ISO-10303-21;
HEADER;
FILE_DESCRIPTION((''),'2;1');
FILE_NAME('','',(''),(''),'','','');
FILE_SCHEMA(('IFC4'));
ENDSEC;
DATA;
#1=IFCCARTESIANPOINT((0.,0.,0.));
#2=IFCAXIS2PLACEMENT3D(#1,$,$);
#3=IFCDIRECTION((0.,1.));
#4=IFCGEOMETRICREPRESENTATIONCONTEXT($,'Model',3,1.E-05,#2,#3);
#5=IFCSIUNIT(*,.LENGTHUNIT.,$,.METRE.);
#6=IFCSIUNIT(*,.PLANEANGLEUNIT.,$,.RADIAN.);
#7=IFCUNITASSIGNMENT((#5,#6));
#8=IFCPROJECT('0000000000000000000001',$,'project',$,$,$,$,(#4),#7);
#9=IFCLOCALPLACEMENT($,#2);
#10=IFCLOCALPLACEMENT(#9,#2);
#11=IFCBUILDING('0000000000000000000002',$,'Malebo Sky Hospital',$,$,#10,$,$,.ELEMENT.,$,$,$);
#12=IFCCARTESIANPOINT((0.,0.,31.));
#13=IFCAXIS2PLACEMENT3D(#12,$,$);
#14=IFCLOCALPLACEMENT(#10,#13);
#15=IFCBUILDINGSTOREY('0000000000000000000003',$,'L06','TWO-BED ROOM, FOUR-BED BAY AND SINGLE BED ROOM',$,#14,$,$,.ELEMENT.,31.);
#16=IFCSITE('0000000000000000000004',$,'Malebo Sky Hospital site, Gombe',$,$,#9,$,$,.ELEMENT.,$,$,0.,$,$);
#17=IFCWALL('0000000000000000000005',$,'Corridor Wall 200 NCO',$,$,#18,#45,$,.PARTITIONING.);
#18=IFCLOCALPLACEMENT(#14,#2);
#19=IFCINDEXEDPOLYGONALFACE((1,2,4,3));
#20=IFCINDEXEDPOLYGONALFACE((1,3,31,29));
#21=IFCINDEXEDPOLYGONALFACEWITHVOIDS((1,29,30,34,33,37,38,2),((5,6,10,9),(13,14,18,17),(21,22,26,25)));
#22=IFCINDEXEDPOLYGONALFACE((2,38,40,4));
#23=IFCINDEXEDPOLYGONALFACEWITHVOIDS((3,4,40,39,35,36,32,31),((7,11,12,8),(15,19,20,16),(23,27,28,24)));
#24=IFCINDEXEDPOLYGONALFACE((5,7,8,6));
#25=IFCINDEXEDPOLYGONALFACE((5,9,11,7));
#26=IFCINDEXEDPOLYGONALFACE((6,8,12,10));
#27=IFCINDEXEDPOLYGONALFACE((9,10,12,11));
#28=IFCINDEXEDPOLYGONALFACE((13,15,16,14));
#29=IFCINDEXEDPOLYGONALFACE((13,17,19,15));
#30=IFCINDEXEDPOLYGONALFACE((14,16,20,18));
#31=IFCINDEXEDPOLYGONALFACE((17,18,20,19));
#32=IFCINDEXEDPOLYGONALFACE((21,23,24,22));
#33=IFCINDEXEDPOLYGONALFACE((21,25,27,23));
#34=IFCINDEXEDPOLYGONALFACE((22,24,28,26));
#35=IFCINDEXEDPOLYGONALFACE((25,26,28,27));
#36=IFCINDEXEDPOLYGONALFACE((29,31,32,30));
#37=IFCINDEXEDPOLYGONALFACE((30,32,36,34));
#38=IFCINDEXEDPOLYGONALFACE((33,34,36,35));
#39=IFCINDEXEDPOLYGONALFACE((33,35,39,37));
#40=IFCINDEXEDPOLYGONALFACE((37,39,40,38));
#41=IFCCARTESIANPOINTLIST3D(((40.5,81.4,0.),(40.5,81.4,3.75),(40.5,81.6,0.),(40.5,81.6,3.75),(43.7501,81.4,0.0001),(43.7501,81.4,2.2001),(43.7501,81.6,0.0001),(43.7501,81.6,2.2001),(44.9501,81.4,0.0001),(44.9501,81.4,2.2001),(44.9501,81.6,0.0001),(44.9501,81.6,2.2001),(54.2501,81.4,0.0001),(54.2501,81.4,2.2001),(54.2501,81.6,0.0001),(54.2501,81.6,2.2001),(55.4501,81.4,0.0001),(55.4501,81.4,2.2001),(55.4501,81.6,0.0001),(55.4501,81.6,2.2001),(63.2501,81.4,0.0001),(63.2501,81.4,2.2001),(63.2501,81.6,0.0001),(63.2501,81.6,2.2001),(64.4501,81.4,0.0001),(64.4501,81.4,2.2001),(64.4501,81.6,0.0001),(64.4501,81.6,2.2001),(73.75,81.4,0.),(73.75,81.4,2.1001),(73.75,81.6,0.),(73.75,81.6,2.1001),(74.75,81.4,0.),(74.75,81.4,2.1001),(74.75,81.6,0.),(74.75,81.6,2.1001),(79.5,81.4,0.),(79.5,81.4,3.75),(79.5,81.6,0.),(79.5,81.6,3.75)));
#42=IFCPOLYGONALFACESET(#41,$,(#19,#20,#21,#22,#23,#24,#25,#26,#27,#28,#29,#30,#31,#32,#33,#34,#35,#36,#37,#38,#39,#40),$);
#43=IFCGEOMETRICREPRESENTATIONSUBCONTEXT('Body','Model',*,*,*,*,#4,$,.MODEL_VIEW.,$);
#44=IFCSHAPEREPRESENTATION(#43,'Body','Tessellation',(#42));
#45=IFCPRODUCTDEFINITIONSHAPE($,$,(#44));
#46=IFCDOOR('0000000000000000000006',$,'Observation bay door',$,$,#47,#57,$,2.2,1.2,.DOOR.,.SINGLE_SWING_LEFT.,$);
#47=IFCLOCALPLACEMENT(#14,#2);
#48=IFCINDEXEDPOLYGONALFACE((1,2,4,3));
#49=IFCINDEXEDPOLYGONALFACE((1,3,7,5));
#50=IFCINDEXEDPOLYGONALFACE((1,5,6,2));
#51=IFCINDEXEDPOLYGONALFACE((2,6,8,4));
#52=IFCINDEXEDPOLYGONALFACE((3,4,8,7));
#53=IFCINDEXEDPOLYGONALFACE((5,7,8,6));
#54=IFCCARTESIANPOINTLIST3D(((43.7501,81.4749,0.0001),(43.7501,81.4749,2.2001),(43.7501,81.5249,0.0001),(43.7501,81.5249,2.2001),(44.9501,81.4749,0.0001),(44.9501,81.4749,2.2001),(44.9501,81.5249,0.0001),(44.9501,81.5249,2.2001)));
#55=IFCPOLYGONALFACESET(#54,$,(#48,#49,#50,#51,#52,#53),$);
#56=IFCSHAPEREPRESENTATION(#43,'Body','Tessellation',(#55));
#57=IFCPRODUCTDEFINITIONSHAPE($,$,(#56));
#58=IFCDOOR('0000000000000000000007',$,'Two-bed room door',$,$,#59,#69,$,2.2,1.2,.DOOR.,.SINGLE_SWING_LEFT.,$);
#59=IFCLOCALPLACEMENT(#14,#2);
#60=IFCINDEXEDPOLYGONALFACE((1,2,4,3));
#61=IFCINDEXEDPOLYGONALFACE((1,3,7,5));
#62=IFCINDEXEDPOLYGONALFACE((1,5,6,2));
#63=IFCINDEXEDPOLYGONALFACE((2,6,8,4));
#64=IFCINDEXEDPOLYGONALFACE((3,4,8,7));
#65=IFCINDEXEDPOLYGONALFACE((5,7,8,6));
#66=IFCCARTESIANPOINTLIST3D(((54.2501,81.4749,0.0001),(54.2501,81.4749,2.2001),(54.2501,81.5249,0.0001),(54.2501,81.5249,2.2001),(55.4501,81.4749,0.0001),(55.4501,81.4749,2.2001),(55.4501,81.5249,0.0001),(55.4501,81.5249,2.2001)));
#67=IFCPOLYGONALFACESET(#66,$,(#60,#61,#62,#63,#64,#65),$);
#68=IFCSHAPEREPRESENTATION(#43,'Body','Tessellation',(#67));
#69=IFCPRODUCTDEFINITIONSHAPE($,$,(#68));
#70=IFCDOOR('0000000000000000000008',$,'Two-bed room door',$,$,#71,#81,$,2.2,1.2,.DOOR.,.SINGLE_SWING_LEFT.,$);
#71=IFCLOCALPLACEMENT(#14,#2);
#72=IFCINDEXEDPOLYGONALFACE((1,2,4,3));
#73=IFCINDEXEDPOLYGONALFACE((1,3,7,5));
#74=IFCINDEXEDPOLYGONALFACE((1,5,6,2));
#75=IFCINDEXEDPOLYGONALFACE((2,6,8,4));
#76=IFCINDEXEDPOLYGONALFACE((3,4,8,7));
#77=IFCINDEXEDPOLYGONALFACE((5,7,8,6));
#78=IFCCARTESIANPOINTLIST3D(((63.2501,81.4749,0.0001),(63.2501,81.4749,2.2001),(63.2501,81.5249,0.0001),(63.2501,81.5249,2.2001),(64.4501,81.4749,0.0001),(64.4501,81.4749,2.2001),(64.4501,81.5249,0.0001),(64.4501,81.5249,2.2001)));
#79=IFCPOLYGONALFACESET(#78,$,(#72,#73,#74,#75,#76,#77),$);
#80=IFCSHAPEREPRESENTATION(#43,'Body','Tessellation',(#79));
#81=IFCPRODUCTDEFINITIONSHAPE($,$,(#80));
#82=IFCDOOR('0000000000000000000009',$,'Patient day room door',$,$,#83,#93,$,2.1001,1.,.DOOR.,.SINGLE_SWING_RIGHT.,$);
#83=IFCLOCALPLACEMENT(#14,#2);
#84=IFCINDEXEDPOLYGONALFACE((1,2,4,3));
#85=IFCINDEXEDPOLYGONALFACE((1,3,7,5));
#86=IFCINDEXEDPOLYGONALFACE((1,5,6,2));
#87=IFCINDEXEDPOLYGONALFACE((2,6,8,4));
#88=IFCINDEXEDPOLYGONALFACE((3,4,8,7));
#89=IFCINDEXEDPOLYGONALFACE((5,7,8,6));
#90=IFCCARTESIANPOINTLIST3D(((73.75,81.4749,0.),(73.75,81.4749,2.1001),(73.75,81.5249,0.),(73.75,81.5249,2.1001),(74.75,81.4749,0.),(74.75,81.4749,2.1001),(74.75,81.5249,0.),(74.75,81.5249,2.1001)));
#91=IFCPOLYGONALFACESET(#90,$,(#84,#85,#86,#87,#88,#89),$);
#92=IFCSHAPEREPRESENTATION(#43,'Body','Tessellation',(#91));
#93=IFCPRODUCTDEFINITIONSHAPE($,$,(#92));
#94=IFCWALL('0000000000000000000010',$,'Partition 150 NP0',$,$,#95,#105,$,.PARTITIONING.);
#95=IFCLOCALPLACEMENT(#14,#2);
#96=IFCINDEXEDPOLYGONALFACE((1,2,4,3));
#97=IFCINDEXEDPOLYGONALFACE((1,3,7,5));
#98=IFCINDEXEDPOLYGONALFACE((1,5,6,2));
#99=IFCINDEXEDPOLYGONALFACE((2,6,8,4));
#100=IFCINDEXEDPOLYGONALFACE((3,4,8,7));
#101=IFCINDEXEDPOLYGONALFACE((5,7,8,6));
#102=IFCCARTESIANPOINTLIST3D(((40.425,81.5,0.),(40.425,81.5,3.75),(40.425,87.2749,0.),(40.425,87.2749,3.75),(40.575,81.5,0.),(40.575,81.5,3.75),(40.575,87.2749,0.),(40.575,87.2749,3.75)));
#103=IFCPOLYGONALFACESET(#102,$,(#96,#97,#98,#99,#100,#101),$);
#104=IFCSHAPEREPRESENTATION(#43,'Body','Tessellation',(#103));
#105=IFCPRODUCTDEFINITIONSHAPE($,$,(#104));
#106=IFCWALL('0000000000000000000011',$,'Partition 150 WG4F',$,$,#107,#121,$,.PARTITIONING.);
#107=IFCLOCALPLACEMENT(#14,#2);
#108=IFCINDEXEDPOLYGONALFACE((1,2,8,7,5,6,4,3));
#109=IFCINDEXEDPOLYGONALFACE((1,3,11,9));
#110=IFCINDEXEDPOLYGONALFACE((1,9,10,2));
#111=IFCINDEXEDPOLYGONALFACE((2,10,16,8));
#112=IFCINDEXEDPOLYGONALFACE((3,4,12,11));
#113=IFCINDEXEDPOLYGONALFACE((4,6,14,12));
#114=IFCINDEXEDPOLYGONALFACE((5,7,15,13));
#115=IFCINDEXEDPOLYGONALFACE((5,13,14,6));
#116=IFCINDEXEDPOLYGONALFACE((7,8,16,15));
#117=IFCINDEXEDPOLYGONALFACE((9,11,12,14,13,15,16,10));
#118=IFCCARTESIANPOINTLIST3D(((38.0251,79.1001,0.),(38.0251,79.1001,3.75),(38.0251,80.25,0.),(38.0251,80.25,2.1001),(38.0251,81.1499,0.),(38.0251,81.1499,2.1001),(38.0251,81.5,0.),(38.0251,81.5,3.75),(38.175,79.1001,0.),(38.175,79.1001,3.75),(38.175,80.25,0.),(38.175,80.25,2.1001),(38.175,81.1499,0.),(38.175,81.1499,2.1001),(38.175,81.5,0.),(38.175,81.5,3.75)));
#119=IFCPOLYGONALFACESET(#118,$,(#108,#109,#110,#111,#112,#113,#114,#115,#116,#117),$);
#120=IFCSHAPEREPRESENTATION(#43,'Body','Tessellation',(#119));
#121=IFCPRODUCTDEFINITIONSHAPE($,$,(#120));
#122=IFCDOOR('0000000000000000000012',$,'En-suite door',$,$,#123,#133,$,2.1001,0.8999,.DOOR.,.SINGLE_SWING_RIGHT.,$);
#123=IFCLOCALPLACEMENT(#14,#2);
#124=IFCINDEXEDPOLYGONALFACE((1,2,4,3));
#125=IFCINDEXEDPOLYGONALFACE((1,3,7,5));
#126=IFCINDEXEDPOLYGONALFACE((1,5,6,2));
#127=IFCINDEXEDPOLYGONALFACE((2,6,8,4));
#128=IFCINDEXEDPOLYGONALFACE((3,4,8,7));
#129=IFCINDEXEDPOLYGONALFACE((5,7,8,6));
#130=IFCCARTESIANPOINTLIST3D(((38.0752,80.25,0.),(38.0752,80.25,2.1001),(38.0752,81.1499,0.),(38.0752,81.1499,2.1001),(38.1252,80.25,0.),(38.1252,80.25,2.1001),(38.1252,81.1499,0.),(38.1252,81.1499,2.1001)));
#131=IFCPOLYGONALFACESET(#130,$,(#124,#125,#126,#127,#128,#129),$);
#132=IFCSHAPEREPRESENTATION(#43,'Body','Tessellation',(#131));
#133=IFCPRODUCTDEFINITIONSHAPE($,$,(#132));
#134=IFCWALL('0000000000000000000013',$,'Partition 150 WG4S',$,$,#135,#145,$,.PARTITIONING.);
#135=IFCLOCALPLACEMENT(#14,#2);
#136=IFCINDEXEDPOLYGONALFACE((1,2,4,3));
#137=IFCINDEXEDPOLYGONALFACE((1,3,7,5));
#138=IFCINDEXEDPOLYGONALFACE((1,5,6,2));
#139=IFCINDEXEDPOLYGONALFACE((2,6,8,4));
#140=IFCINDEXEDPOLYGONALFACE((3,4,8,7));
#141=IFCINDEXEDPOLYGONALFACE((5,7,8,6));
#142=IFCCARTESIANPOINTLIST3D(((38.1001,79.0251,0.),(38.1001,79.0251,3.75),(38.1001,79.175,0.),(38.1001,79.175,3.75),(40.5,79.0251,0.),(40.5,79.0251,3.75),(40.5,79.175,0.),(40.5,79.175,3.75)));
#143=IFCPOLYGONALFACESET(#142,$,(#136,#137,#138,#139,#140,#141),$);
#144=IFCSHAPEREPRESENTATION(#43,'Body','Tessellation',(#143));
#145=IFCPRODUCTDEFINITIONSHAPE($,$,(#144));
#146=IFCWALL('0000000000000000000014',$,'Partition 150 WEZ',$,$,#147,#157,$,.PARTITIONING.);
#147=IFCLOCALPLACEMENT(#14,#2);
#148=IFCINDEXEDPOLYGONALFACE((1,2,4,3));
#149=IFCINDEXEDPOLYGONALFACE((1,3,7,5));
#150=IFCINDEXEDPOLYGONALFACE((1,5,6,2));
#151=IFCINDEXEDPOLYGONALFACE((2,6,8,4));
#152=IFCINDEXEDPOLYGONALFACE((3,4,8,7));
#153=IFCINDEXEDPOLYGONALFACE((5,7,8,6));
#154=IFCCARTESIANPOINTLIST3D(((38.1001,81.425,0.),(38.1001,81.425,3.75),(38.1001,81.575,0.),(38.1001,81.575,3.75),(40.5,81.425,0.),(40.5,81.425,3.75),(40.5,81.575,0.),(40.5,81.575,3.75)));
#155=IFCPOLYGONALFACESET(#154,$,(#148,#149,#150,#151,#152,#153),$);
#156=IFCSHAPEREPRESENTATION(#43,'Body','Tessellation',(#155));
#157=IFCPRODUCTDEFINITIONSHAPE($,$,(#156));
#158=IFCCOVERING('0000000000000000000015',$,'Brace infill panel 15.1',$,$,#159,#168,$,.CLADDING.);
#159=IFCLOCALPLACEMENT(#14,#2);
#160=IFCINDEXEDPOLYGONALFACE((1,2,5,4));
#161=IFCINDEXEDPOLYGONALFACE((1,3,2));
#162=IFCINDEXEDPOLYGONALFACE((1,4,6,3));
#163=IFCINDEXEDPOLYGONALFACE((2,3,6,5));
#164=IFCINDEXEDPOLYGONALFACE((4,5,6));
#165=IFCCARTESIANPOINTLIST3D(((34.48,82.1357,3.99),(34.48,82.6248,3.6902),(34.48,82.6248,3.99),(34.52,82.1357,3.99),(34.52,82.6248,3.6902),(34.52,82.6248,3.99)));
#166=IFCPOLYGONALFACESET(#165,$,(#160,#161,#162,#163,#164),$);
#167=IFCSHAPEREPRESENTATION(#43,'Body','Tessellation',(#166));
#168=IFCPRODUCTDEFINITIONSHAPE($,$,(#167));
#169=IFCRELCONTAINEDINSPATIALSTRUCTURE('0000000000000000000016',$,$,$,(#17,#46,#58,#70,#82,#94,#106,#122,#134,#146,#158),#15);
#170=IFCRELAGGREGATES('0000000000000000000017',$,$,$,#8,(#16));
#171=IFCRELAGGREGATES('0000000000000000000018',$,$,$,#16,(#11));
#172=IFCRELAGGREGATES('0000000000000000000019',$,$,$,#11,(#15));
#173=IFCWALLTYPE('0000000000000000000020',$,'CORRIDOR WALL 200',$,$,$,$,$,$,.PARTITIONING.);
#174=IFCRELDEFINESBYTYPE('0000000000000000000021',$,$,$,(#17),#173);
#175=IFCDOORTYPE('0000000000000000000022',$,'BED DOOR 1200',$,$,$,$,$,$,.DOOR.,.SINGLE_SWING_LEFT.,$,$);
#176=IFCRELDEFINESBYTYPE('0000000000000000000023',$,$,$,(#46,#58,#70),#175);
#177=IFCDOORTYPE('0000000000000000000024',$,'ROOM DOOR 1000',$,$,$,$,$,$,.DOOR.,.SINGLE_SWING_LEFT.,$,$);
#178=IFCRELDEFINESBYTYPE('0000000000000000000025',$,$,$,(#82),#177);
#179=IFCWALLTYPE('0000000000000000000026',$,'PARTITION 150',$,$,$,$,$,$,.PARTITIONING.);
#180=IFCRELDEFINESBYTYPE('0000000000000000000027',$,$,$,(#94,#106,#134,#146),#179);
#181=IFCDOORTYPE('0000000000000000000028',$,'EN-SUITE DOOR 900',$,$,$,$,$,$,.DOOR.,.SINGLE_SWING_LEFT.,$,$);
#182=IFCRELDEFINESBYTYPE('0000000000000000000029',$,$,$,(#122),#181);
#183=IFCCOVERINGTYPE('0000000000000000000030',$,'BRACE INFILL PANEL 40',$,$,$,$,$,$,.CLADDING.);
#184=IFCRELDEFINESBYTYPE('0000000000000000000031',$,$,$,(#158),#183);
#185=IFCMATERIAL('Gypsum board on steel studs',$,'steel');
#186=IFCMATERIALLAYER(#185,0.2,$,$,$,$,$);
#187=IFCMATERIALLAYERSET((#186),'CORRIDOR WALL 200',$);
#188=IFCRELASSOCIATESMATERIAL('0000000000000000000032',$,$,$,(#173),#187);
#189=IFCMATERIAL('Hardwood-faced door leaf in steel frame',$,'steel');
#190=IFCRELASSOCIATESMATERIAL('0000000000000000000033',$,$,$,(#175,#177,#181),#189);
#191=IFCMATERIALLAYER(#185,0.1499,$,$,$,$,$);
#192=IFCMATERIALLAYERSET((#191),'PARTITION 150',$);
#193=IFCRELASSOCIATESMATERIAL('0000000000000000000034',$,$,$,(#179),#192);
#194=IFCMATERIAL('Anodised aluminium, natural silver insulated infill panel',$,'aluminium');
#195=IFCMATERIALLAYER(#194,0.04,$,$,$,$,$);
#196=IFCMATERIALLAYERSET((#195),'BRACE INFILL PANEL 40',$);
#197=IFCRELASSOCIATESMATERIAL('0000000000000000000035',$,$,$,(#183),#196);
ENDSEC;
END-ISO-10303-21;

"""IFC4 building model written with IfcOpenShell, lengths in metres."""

from ifc_helpers import new_model, si_unit, direction, frame, frame_2d, origin, place, context, subcontext, project, spatial, polyline, rectangle, outline, extrude, material, layer, layer_set, type_object, element, fill, save


model = new_model("IFC4")

# Units and contexts
model_context = context("Model", 3, precision=1e-05, world=origin(), true_north=direction((0.0, 1.0)))
body_context = subcontext(model_context, "Body", "Model", "MODEL_VIEW")
ifc_project = project(units=[si_unit("LENGTHUNIT", "METRE"), si_unit("PLANEANGLEUNIT", "RADIAN")], contexts=[model_context])

# Site, building, storey
site_placement = place(None, origin())
site = spatial("IfcSite", under=ifc_project, at=site_placement, Name="Malebo Sky Hospital site, Gombe", CompositionType="ELEMENT", RefElevation=0.0)
building_placement = place(site_placement, origin())
building = spatial("IfcBuilding", under=site, at=building_placement, Name="Malebo Sky Hospital", CompositionType="ELEMENT")
storey_placement = place(building_placement, frame((0.0, 0.0, 31.0)))
storey = spatial("IfcBuildingStorey", under=building, at=storey_placement, Name="L06", Description="TWO-BED ROOM, FOUR-BED BAY AND SINGLE BED ROOM", CompositionType="ELEMENT", Elevation=31.0)

# Wall, openings, doors
ifc_material_1 = material(Name="Gypsum board on steel studs", Category="steel")
ifc_layer_1 = layer(ifc_material_1, 0.2)
ifc_layer_set_1 = layer_set([ifc_layer_1], Name="CORRIDOR WALL 200")
wall_type_1 = type_object("IfcWallType", Name="CORRIDOR WALL 200", PredefinedType="PARTITIONING", material=ifc_layer_set_1)
wall_1_placement = place(storey_placement, frame((40.5, 81.5, 0.0), z_axis=(0.0, 0.0, 1.0), x_axis=(1.0, 0.0, 0.0)))
wall_1 = element("IfcWall", 1, at=wall_1_placement, inside=storey, type_object=wall_type_1, Name="Corridor Wall 200 NCO", PredefinedType="PARTITIONING", context=body_context, shape_type="SweptSolid", body=[
    extrude(rectangle(XDim=39.0, YDim=0.2, at=frame_2d((19.5, 0.0))), origin(), (0.0, 0.0, 1.0), 3.75),
])
opening_1_placement = place(wall_1_placement, frame((3.25, 0.0, 0.0)))
opening_1 = element("IfcOpeningElement", 2, at=opening_1_placement, cuts=wall_1, PredefinedType="OPENING", context=body_context, shape_type="SweptSolid", body=[
    extrude(rectangle(XDim=1.2, YDim=2.2, at=frame_2d((0.6001, 1.1001))), frame((0.0, 0.1099, 0.0), z_axis=(0.0, -1.0, 0.0), x_axis=(1.0, 0.0, 0.0)), (0.0, 0.0, 1.0), 0.22),
])
opening_2_placement = place(wall_1_placement, frame((13.75, 0.0, 0.0)))
opening_2 = element("IfcOpeningElement", 3, at=opening_2_placement, cuts=wall_1, PredefinedType="OPENING", context=body_context, shape_type="SweptSolid", body=[
    extrude(rectangle(XDim=1.2, YDim=2.2, at=frame_2d((0.6001, 1.1001))), frame((0.0, 0.1099, 0.0), z_axis=(0.0, -1.0, 0.0), x_axis=(1.0, 0.0, 0.0)), (0.0, 0.0, 1.0), 0.22),
])
opening_3_placement = place(wall_1_placement, frame((22.75, 0.0, 0.0)))
opening_3 = element("IfcOpeningElement", 4, at=opening_3_placement, cuts=wall_1, PredefinedType="OPENING", context=body_context, shape_type="SweptSolid", body=[
    extrude(rectangle(XDim=1.2, YDim=2.2, at=frame_2d((0.6001, 1.1001))), frame((0.0, 0.1099, 0.0), z_axis=(0.0, -1.0, 0.0), x_axis=(1.0, 0.0, 0.0)), (0.0, 0.0, 1.0), 0.22),
])
opening_4_placement = place(wall_1_placement, frame((33.25, 0.0, 0.0)))
opening_4 = element("IfcOpeningElement", 5, at=opening_4_placement, cuts=wall_1, PredefinedType="OPENING", context=body_context, shape_type="SweptSolid", body=[
    extrude(rectangle(XDim=1.0, YDim=2.1001, at=frame_2d((0.5, 1.05))), frame((0.0, 0.1099, 0.0), z_axis=(0.0, -1.0, 0.0), x_axis=(1.0, 0.0, 0.0)), (0.0, 0.0, 1.0), 0.22),
])
ifc_material_2 = material(Name="Hardwood-faced door leaf in steel frame", Category="steel")
door_type_1 = type_object("IfcDoorType", Name="BED DOOR 1200", OperationType="SINGLE_SWING_LEFT", PredefinedType="DOOR", material=ifc_material_2)
door_1_placement = place(opening_1_placement, origin())
door_1 = element("IfcDoor", 6, at=door_1_placement, inside=storey, type_object=door_type_1, Name="Observation bay door", OperationType="SINGLE_SWING_LEFT", OverallHeight=2.2, OverallWidth=1.2, PredefinedType="DOOR", context=body_context, shape_type="SweptSolid", body=[
    extrude(rectangle(XDim=1.2, YDim=2.2, at=frame_2d((0.6001, 1.1001))), frame((0.0, 0.0249, 0.0), z_axis=(0.0, -1.0, 0.0), x_axis=(1.0, 0.0, 0.0)), (0.0, 0.0, 1.0), 0.05),
])
fill(opening_1, door_1)
door_2_placement = place(opening_2_placement, origin())
door_2 = element("IfcDoor", 7, at=door_2_placement, inside=storey, type_object=door_type_1, Name="Two-bed room door", OperationType="SINGLE_SWING_LEFT", OverallHeight=2.2, OverallWidth=1.2, PredefinedType="DOOR", context=body_context, shape_type="SweptSolid", body=[
    extrude(rectangle(XDim=1.2, YDim=2.2, at=frame_2d((0.6001, 1.1001))), frame((0.0, 0.0249, 0.0), z_axis=(0.0, -1.0, 0.0), x_axis=(1.0, 0.0, 0.0)), (0.0, 0.0, 1.0), 0.05),
])
fill(opening_2, door_2)
door_3_placement = place(opening_3_placement, origin())
door_3 = element("IfcDoor", 8, at=door_3_placement, inside=storey, type_object=door_type_1, Name="Two-bed room door", OperationType="SINGLE_SWING_LEFT", OverallHeight=2.2, OverallWidth=1.2, PredefinedType="DOOR", context=body_context, shape_type="SweptSolid", body=[
    extrude(rectangle(XDim=1.2, YDim=2.2, at=frame_2d((0.6001, 1.1001))), frame((0.0, 0.0249, 0.0), z_axis=(0.0, -1.0, 0.0), x_axis=(1.0, 0.0, 0.0)), (0.0, 0.0, 1.0), 0.05),
])
fill(opening_3, door_3)
door_type_2 = type_object("IfcDoorType", Name="ROOM DOOR 1000", OperationType="SINGLE_SWING_LEFT", PredefinedType="DOOR", material=ifc_material_2)
door_4_placement = place(opening_4_placement, origin())
door_4 = element("IfcDoor", 9, at=door_4_placement, inside=storey, type_object=door_type_2, Name="Patient day room door", OperationType="SINGLE_SWING_RIGHT", OverallHeight=2.1001, OverallWidth=1.0, PredefinedType="DOOR", context=body_context, shape_type="SweptSolid", body=[
    extrude(rectangle(XDim=1.0, YDim=2.1001, at=frame_2d((0.5, 1.05))), frame((0.0, 0.0249, 0.0), z_axis=(0.0, -1.0, 0.0), x_axis=(1.0, 0.0, 0.0)), (0.0, 0.0, 1.0), 0.05),
])
fill(opening_4, door_4)

# Wall
ifc_layer_2 = layer(ifc_material_1, 0.1499)
ifc_layer_set_2 = layer_set([ifc_layer_2], Name="PARTITION 150")
wall_type_2 = type_object("IfcWallType", Name="PARTITION 150", PredefinedType="PARTITIONING", material=ifc_layer_set_2)
wall_2_placement = place(storey_placement, frame((40.5, 81.5, 0.0), z_axis=(0.0, 0.0, 1.0), x_axis=(0.0, 1.0, 0.0)))
element("IfcWall", 10, at=wall_2_placement, inside=storey, type_object=wall_type_2, Name="Partition 150 NP0", PredefinedType="PARTITIONING", context=body_context, shape_type="SweptSolid", body=[
    extrude(rectangle(XDim=5.7749, YDim=0.1499, at=frame_2d((2.8875, 0.0))), origin(), (0.0, 0.0, 1.0), 3.75),
])

# Wall, opening, door
wall_3_placement = place(storey_placement, frame((38.1001, 79.1001, 0.0), z_axis=(0.0, 0.0, 1.0), x_axis=(0.0, 1.0, 0.0)))
wall_3 = element("IfcWall", 11, at=wall_3_placement, inside=storey, type_object=wall_type_2, Name="Partition 150 WG4F", PredefinedType="PARTITIONING", context=body_context, shape_type="SweptSolid", body=[
    extrude(rectangle(XDim=2.3999, YDim=0.1499, at=frame_2d((1.2, 0.0))), origin(), (0.0, 0.0, 1.0), 3.75),
])
opening_5_placement = place(wall_3_placement, frame((1.1499, 0.0, 0.0)))
opening_5 = element("IfcOpeningElement", 12, at=opening_5_placement, cuts=wall_3, PredefinedType="OPENING", context=body_context, shape_type="SweptSolid", body=[
    extrude(rectangle(XDim=0.8999, YDim=2.1001, at=frame_2d((0.45, 1.05))), frame((0.0, 0.085, 0.0), z_axis=(0.0, -1.0, 0.0), x_axis=(1.0, 0.0, 0.0)), (0.0, 0.0, 1.0), 0.1699),
])
door_type_3 = type_object("IfcDoorType", Name="EN-SUITE DOOR 900", OperationType="SINGLE_SWING_LEFT", PredefinedType="DOOR", material=ifc_material_2)
door_5_placement = place(opening_5_placement, origin())
door_5 = element("IfcDoor", 13, at=door_5_placement, inside=storey, type_object=door_type_3, Name="En-suite door", OperationType="SINGLE_SWING_RIGHT", OverallHeight=2.1001, OverallWidth=0.8999, PredefinedType="DOOR", context=body_context, shape_type="SweptSolid", body=[
    extrude(rectangle(XDim=0.8999, YDim=2.1001, at=frame_2d((0.45, 1.05))), frame((0.0, 0.0249, 0.0), z_axis=(0.0, -1.0, 0.0), x_axis=(1.0, 0.0, 0.0)), (0.0, 0.0, 1.0), 0.05),
])
fill(opening_5, door_5)

# Walls
for number, where, z_axis, x_axis, name in (
    (14, (40.5, 79.1001, 0.0), (0.0, 0.0, 1.0), (-1.0, 0.0, 0.0), "Partition 150 WG4S"),
    (15, (40.5, 81.5, 0.0), (0.0, 0.0, 1.0), (-1.0, 0.0, 0.0), "Partition 150 WEZ"),
):
    element("IfcWall", number, at=place(storey_placement, frame(where, z_axis=z_axis, x_axis=x_axis)), inside=storey, type_object=wall_type_2, Name=name, PredefinedType="PARTITIONING", context=body_context, shape_type="SweptSolid", body=[
        extrude(rectangle(XDim=2.3999, YDim=0.1499, at=frame_2d((1.2, 0.0))), origin(), (0.0, 0.0, 1.0), 3.75),
    ])

# Covering
ifc_material_3 = material(Name="Anodised aluminium, natural silver insulated infill panel", Category="aluminium")
ifc_layer_3 = layer(ifc_material_3, 0.04)
ifc_layer_set_3 = layer_set([ifc_layer_3], Name="BRACE INFILL PANEL 40")
covering_type = type_object("IfcCoveringType", Name="BRACE INFILL PANEL 40", PredefinedType="CLADDING", material=ifc_layer_set_3)
covering_placement = place(storey_placement, frame((34.5, 82.3804, 3.6902), z_axis=(0.0, 0.0, 1.0), x_axis=(0.0, 1.0, 0.0)))
element("IfcCovering", 16, at=covering_placement, inside=storey, type_object=covering_type, Name="Brace infill panel 15.1", PredefinedType="CLADDING", context=body_context, shape_type="SweptSolid", body=[
    extrude(outline(polyline([(0.2444, 0.0), (0.2444, 0.2998), (-0.2446, 0.2998), (0.2444, 0.0)])), frame((0.0, 0.02, 0.0), z_axis=(0.0, -1.0, 0.0), x_axis=(1.0, 0.0, 0.0)), (0.0, 0.0, 1.0), 0.04),
])

save(model, "model.ifc")
